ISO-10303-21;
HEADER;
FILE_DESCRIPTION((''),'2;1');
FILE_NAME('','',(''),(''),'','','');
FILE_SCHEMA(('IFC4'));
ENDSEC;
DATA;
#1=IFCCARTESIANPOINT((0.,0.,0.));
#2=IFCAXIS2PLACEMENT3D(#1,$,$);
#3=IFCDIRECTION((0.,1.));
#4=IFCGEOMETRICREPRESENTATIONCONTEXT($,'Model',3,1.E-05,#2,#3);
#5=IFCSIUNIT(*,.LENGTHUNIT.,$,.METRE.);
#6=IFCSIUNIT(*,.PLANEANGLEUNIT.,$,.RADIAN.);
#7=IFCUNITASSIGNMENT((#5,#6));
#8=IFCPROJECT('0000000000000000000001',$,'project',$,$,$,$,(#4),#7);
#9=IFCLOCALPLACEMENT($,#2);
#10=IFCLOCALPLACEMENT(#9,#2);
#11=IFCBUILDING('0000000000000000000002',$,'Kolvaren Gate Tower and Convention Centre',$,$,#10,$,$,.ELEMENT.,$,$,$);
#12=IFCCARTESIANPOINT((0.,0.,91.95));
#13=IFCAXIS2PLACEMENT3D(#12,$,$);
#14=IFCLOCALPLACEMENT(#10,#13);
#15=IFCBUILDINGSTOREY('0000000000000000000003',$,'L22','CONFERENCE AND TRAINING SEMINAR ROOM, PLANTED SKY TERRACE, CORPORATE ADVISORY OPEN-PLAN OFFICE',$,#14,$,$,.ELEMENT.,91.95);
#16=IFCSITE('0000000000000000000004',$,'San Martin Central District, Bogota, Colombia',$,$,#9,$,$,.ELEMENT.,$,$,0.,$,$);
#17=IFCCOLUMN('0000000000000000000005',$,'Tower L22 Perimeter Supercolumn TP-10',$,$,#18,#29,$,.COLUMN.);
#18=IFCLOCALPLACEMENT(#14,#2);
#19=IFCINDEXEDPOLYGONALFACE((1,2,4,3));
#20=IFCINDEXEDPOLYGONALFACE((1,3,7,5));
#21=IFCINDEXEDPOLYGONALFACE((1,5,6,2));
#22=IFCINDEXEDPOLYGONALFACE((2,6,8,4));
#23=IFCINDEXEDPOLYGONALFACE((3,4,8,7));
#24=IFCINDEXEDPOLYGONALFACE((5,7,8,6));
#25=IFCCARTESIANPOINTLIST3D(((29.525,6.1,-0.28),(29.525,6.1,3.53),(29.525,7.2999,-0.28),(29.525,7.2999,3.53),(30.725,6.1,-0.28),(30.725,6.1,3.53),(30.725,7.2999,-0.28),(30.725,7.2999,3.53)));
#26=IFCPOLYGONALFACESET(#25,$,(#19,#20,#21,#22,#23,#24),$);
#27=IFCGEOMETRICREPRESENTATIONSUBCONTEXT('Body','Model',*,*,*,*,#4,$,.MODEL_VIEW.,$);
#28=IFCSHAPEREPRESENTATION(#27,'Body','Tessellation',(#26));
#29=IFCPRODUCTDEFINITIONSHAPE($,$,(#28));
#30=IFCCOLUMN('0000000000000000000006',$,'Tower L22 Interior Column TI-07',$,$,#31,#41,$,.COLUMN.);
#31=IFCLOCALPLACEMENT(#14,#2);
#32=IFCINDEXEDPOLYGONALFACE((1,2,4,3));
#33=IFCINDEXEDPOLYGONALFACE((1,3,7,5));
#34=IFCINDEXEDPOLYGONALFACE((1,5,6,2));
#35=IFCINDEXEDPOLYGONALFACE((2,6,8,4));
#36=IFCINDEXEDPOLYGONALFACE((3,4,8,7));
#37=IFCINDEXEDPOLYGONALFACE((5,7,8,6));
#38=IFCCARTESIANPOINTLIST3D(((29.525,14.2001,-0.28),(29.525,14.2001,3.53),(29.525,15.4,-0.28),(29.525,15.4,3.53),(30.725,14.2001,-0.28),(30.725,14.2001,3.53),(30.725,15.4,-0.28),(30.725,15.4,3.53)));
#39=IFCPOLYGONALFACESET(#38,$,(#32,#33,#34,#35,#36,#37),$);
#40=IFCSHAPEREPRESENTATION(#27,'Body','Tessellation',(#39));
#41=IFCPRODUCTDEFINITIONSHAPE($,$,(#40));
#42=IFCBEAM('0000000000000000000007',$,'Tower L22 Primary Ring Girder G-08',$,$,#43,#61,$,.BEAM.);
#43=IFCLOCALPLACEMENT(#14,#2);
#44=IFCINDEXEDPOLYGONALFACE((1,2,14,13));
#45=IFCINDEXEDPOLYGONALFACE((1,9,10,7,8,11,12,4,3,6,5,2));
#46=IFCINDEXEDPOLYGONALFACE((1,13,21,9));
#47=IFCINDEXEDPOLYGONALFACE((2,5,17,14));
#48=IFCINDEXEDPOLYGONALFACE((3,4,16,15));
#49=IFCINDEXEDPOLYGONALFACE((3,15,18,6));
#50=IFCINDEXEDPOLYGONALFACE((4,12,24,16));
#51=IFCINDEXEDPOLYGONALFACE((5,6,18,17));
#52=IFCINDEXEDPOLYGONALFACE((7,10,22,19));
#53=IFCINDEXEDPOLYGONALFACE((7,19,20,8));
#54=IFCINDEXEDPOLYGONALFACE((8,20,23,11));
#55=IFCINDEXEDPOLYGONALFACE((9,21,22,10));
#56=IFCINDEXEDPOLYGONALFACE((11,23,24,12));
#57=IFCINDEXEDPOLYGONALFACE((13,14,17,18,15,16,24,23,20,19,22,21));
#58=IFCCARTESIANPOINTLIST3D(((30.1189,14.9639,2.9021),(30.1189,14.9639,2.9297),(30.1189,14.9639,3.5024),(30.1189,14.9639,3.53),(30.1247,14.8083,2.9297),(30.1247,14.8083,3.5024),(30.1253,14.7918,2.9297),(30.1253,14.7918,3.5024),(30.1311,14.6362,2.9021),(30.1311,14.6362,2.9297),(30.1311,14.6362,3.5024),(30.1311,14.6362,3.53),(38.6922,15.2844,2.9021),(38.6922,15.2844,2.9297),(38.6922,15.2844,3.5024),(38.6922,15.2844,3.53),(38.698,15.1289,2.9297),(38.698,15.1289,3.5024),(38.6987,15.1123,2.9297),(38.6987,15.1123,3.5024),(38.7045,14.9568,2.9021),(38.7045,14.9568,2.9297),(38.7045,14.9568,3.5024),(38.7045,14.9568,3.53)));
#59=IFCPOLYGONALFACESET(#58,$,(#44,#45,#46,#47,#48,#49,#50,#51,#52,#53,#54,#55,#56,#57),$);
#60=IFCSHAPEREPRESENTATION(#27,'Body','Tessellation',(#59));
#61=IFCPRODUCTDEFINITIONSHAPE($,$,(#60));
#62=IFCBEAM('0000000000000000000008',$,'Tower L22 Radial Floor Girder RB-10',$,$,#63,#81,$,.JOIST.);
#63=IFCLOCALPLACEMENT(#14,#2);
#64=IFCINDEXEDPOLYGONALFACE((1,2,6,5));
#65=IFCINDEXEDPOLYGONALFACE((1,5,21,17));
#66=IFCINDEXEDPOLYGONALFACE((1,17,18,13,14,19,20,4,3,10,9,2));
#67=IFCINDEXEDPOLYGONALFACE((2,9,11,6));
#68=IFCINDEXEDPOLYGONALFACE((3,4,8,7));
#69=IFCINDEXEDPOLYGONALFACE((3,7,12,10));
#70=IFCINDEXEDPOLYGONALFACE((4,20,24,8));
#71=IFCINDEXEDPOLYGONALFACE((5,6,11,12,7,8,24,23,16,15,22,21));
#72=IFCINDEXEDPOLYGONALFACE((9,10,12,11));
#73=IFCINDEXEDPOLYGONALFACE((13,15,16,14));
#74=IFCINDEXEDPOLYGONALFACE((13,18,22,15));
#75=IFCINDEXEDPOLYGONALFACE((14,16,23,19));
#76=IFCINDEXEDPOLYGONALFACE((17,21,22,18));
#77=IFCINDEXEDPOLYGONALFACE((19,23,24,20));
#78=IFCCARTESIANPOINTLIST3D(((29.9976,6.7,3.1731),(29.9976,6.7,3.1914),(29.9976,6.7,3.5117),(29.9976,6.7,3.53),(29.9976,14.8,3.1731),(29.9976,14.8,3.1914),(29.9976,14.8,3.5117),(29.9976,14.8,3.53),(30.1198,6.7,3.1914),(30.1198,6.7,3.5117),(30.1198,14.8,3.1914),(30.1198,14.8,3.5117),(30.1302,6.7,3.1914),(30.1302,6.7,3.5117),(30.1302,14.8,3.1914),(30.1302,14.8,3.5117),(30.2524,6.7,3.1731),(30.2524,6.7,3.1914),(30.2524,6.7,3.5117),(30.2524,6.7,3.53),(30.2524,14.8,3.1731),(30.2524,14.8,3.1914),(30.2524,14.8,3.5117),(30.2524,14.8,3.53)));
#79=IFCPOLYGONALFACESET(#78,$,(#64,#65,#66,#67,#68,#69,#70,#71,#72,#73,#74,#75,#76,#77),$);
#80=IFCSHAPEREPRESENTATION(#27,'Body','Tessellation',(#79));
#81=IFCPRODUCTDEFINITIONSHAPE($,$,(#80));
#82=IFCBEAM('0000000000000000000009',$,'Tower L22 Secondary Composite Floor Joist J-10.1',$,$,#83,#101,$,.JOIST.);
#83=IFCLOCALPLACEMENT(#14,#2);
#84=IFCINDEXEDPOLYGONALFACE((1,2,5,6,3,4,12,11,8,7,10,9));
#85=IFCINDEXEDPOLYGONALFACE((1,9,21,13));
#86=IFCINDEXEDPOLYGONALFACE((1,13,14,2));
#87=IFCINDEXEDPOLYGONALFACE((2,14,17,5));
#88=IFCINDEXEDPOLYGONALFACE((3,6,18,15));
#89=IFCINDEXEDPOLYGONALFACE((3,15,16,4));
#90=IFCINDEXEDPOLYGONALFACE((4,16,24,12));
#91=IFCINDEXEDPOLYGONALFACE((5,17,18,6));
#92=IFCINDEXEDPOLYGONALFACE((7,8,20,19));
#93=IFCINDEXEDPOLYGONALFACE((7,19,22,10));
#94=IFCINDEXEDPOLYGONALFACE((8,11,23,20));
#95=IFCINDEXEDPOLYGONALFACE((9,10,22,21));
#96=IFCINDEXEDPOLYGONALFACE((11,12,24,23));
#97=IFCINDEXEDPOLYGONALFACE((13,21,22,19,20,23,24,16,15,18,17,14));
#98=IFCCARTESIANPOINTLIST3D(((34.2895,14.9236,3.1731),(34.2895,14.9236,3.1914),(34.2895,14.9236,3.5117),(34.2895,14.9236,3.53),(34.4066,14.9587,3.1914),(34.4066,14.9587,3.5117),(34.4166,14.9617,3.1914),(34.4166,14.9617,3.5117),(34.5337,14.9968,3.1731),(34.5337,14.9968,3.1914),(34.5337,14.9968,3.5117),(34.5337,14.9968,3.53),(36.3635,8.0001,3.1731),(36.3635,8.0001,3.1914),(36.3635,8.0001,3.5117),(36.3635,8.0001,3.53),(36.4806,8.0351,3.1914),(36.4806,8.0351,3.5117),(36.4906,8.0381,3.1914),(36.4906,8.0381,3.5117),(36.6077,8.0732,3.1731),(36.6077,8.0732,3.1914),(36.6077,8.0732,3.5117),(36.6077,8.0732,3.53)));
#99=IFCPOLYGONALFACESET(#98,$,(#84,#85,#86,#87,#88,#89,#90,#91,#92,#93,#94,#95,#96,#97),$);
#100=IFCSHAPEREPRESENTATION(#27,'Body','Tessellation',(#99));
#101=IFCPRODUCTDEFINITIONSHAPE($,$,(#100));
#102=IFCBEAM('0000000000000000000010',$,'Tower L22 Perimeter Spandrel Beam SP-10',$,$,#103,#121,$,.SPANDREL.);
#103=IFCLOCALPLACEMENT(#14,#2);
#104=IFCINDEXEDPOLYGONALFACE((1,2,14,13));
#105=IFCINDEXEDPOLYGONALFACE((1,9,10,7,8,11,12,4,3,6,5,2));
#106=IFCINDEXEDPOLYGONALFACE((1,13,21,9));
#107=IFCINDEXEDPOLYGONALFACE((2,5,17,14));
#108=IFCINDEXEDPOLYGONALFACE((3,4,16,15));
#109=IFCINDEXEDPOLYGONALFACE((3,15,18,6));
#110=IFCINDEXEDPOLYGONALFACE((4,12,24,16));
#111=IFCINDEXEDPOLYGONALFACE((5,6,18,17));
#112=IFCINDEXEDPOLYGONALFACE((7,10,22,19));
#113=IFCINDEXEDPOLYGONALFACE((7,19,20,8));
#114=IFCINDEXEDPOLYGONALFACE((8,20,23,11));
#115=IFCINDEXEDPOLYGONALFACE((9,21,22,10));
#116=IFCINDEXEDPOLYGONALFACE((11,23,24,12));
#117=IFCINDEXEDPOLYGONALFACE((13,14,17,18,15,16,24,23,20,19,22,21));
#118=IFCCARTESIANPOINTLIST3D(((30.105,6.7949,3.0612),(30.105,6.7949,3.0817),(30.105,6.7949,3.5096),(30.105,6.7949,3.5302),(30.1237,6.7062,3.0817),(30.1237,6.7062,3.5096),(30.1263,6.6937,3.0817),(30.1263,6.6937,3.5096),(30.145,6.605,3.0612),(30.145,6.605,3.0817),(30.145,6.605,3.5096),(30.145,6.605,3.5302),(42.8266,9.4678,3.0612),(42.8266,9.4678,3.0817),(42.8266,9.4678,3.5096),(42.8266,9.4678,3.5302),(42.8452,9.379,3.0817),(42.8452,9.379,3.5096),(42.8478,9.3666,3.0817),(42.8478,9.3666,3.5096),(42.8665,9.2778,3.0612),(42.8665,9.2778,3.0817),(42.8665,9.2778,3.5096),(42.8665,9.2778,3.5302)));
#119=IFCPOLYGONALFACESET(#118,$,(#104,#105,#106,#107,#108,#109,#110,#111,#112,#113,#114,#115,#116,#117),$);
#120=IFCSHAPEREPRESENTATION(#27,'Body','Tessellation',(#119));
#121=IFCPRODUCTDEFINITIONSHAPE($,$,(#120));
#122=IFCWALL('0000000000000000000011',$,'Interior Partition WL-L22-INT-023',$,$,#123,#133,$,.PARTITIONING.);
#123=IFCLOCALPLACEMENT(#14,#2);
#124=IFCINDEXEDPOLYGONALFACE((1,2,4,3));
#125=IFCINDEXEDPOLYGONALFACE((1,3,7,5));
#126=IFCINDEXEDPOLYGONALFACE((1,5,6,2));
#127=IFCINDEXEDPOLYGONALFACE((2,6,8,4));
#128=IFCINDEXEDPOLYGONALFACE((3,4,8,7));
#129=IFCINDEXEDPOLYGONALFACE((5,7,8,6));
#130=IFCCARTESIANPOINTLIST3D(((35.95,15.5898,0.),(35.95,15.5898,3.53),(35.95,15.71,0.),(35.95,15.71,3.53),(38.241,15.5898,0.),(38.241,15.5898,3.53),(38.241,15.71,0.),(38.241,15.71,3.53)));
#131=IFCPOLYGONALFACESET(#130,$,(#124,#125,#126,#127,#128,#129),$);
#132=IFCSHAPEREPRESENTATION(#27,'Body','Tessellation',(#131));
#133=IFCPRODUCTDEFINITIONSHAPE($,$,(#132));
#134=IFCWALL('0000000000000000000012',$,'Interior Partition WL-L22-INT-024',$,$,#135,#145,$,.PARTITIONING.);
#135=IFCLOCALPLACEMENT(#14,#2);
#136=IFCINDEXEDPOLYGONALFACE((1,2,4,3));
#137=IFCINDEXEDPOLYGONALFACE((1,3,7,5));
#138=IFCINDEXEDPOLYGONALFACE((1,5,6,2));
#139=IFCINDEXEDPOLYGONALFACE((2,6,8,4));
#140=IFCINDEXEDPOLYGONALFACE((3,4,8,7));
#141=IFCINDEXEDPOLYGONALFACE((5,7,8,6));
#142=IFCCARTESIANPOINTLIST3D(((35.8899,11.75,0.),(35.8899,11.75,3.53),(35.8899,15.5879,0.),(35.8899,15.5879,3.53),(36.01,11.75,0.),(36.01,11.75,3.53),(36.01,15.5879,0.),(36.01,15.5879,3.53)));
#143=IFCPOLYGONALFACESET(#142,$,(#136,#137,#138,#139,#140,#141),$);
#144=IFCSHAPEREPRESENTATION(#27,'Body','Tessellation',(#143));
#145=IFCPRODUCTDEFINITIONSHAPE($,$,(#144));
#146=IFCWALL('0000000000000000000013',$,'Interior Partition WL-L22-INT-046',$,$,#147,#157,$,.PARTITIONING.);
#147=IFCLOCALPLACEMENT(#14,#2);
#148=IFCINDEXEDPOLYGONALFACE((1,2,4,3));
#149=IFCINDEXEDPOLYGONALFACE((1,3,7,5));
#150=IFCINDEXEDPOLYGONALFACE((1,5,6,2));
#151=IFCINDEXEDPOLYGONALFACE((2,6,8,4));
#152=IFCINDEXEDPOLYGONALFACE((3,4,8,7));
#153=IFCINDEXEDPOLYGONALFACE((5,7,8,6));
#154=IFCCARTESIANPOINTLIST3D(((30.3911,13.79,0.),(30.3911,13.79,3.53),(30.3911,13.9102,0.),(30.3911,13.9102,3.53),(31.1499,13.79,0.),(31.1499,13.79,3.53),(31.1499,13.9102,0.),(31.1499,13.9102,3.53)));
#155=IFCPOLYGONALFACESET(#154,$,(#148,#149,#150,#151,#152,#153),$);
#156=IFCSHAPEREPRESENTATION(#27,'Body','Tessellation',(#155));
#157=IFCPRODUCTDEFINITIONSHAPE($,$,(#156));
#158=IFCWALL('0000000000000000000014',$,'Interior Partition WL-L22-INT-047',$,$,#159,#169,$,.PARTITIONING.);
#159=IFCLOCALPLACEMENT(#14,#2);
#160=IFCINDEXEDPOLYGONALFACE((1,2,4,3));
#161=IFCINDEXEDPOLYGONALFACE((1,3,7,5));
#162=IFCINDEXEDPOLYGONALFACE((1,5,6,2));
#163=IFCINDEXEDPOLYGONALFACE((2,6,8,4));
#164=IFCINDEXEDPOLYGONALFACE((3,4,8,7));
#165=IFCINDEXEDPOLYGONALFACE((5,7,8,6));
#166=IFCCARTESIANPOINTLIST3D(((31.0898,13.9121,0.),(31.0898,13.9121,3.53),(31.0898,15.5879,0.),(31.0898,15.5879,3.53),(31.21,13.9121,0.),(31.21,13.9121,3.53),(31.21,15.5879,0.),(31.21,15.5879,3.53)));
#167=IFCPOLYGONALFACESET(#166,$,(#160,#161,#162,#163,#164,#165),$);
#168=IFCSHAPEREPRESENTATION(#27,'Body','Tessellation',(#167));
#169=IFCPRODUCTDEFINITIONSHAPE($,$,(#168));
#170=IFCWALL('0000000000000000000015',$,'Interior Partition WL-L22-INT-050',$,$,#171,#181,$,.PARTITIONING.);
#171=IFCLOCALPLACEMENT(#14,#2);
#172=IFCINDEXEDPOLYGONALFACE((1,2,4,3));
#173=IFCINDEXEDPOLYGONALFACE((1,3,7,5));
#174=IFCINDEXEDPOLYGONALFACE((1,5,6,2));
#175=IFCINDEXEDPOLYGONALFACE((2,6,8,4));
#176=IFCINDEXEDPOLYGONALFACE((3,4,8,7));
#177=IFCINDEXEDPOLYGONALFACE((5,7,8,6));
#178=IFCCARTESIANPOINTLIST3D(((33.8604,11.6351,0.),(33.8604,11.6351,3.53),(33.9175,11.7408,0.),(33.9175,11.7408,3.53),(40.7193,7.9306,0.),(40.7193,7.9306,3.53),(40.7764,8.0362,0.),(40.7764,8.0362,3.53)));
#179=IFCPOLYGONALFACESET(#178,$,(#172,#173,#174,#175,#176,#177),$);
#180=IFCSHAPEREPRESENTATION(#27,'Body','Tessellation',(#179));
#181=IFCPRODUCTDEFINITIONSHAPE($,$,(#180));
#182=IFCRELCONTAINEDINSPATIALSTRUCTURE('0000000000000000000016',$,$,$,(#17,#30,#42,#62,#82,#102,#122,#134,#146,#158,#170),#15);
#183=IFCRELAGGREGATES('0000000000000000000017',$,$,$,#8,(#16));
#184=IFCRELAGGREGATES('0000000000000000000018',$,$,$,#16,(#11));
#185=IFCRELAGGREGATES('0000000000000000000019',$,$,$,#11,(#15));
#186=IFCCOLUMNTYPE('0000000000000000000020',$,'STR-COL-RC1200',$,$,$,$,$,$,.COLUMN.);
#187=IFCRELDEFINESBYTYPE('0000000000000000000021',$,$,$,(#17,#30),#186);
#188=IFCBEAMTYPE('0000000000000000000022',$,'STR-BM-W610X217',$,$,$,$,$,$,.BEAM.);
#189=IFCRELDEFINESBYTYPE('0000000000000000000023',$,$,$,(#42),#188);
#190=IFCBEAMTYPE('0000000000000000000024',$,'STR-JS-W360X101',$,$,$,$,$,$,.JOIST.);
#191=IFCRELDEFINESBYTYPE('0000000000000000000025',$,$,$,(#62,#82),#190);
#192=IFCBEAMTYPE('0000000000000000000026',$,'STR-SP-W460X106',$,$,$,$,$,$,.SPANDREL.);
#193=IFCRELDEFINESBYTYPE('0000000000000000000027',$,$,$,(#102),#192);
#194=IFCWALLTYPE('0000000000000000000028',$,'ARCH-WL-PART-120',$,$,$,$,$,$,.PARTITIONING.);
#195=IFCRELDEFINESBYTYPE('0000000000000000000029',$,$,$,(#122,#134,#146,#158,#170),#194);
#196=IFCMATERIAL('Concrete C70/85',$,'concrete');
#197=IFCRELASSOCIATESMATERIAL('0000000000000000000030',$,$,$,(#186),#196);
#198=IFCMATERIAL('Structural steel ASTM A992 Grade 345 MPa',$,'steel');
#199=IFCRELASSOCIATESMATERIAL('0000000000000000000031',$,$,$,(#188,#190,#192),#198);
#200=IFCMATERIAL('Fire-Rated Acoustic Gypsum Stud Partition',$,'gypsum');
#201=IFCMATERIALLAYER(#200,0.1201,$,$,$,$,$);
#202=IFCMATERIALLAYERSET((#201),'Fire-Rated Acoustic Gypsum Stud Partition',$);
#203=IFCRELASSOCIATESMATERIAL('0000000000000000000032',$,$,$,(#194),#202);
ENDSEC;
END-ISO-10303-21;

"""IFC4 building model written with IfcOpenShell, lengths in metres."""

from ifc_helpers import new_model, si_unit, direction, frame, frame_2d, origin, origin_2d, place, context, subcontext, project, spatial, rectangle, i_section, extrude, material, layer, layer_set, material_profile, profile_set, type_object, element, save


model = new_model("IFC4")

# Units and contexts
model_context = context("Model", 3, precision=1e-05, world=origin(), true_north=direction((0.0, 1.0)))
body_context = subcontext(model_context, "Body", "Model", "MODEL_VIEW")
ifc_project = project(units=[si_unit("LENGTHUNIT", "METRE"), si_unit("PLANEANGLEUNIT", "RADIAN")], contexts=[model_context])

# Site, building, storey
site_placement = place(None, origin())
site = spatial("IfcSite", under=ifc_project, at=site_placement, Name="San Martin Central District, Bogota, Colombia", CompositionType="ELEMENT", RefElevation=0.0)
building_placement = place(site_placement, origin())
building = spatial("IfcBuilding", under=site, at=building_placement, Name="Kolvaren Gate Tower and Convention Centre", CompositionType="ELEMENT")
storey_placement = place(building_placement, frame((0.0, 0.0, 91.95)))
storey = spatial("IfcBuildingStorey", under=building, at=storey_placement, Name="L22", Description="CONFERENCE AND TRAINING SEMINAR ROOM, PLANTED SKY TERRACE, CORPORATE ADVISORY OPEN-PLAN OFFICE", CompositionType="ELEMENT", Elevation=91.95)

# Columns
ifc_material_1 = material(Name="Concrete C70/85", Category="concrete")
ifc_material_profile_1 = material_profile(ifc_material_1, rectangle(XDim=1.2, YDim=1.2, at=origin_2d()), Name="RC-COL-1200X1200")
ifc_profile_set_1 = profile_set([ifc_material_profile_1], Name="Concrete C70/85")
column_type = type_object("IfcColumnType", Name="STR-COL-RC1200", PredefinedType="COLUMN", material=ifc_profile_set_1)
for number, where, z_axis, x_axis, name in (
    (1, (30.125, 6.7, -0.28), (0.0, 0.0, 1.0), (1.0, 0.0, 0.0), "Tower L22 Perimeter Supercolumn TP-10"),
    (2, (30.125, 14.8, -0.28), (0.0, 0.0, 1.0), (1.0, 0.0, 0.0), "Tower L22 Interior Column TI-07"),
):
    element("IfcColumn", number, at=place(storey_placement, frame(where, z_axis=z_axis, x_axis=x_axis)), inside=storey, type_object=column_type, Name=name, PredefinedType="COLUMN", context=body_context, shape_type="SweptSolid", body=[
        extrude(rectangle(XDim=1.2, YDim=1.2, at=origin_2d()), origin(), (0.0, 0.0, 1.0), 3.8101),
    ])

# Beams
ifc_material_2 = material(Name="Structural steel ASTM A992 Grade 345 MPa", Category="steel")
ifc_material_profile_2 = material_profile(ifc_material_2, i_section(OverallWidth=0.3279, OverallDepth=0.6279, WebThickness=0.0166, FlangeThickness=0.0276, at=origin_2d()), Name="W610X217")
ifc_profile_set_2 = profile_set([ifc_material_profile_2], Name="Structural steel ASTM A992 Grade 345 MPa")
beam_type_1 = type_object("IfcBeamType", Name="STR-BM-W610X217", PredefinedType="BEAM", material=ifc_profile_set_2)
beam_1_placement = place(storey_placement, frame((30.125, 14.8, 3.2161), z_axis=(0.999302, 0.037364, 0.0), x_axis=(-0.037364, 0.999302, 0.0)))
element("IfcBeam", 3, at=beam_1_placement, inside=storey, type_object=beam_type_1, Name="Tower L22 Primary Ring Girder G-08", PredefinedType="BEAM", context=body_context, shape_type="SweptSolid", body=[
    extrude(i_section(OverallWidth=0.3279, OverallDepth=0.6279, WebThickness=0.0166, FlangeThickness=0.0276, at=origin_2d()), origin(), (0.0, 0.0, 1.0), 8.5793),
])
ifc_material_profile_3 = material_profile(ifc_material_2, i_section(OverallWidth=0.2549, OverallDepth=0.3569, WebThickness=0.0105, FlangeThickness=0.0183, at=origin_2d()), Name="W360X101")
ifc_profile_set_3 = profile_set([ifc_material_profile_3], Name="Structural steel ASTM A992 Grade 345 MPa")
beam_type_2 = type_object("IfcBeamType", Name="STR-JS-W360X101", PredefinedType="JOIST", material=ifc_profile_set_3)
beam_2_placement = place(storey_placement, frame((30.125, 14.8, 3.3516), z_axis=(0.0, -1.0, 0.0), x_axis=(1.0, 0.0, 0.0)))
element("IfcBeam", 4, at=beam_2_placement, inside=storey, type_object=beam_type_2, Name="Tower L22 Radial Floor Girder RB-10", PredefinedType="JOIST", context=body_context, shape_type="SweptSolid", body=[
    extrude(i_section(OverallWidth=0.2549, OverallDepth=0.3569, WebThickness=0.0105, FlangeThickness=0.0183, at=origin_2d()), origin(), (0.0, 0.0, 1.0), 8.1001),
])
beam_3_placement = place(storey_placement, frame((34.4116, 14.9602, 3.3516), z_axis=(0.286954, -0.957944, 0.0), x_axis=(0.957944, 0.286954, 0.0)))
element("IfcBeam", 5, at=beam_3_placement, inside=storey, type_object=beam_type_2, Name="Tower L22 Secondary Composite Floor Joist J-10.1", PredefinedType="JOIST", context=body_context, shape_type="SweptSolid", body=[
    extrude(i_section(OverallWidth=0.2549, OverallDepth=0.3569, WebThickness=0.0105, FlangeThickness=0.0183, at=origin_2d()), origin(), (0.0, 0.0, 1.0), 7.2275),
])
ifc_material_profile_4 = material_profile(ifc_material_2, i_section(OverallWidth=0.1941, OverallDepth=0.469, WebThickness=0.0127, FlangeThickness=0.0205, at=origin_2d()), Name="W460X106")
ifc_profile_set_4 = profile_set([ifc_material_profile_4], Name="Structural steel ASTM A992 Grade 345 MPa")
beam_type_3 = type_object("IfcBeamType", Name="STR-SP-W460X106", PredefinedType="SPANDREL", material=ifc_profile_set_4)
beam_4_placement = place(storey_placement, frame((30.125, 6.7, 3.2957), z_axis=(0.978633, 0.205617, 0.0), x_axis=(-0.205617, 0.978633, 0.0)))
element("IfcBeam", 6, at=beam_4_placement, inside=storey, type_object=beam_type_3, Name="Tower L22 Perimeter Spandrel Beam SP-10", PredefinedType="SPANDREL", context=body_context, shape_type="SweptSolid", body=[
    extrude(i_section(OverallWidth=0.1941, OverallDepth=0.469, WebThickness=0.0127, FlangeThickness=0.0205, at=origin_2d()), origin(), (0.0, 0.0, 1.0), 12.9993),
])

# Walls
ifc_material_3 = material(Name="Fire-Rated Acoustic Gypsum Stud Partition", Category="gypsum")
ifc_layer_1 = layer(ifc_material_3, 0.1201)
ifc_layer_set_1 = layer_set([ifc_layer_1], Name="Fire-Rated Acoustic Gypsum Stud Partition")
wall_type_1 = type_object("IfcWallType", Name="ARCH-WL-PART-120", PredefinedType="PARTITIONING", material=ifc_layer_set_1)
wall_1_placement = place(storey_placement, frame((35.95, 15.6499, 0.0), z_axis=(0.0, 0.0, 1.0), x_axis=(1.0, 0.0, 0.0)))
element("IfcWall", 7, at=wall_1_placement, inside=storey, type_object=wall_type_1, Name="Interior Partition WL-L22-INT-023", PredefinedType="PARTITIONING", context=body_context, shape_type="SweptSolid", body=[
    extrude(rectangle(XDim=2.291, YDim=0.1201, at=frame_2d((1.1455, 0.0))), origin(), (0.0, 0.0, 1.0), 3.53),
])
wall_2_placement = place(storey_placement, frame((35.95, 11.75, 0.0), z_axis=(0.0, 0.0, 1.0), x_axis=(0.0, 1.0, 0.0)))
element("IfcWall", 8, at=wall_2_placement, inside=storey, type_object=wall_type_1, Name="Interior Partition WL-L22-INT-024", PredefinedType="PARTITIONING", context=body_context, shape_type="SweptSolid", body=[
    extrude(rectangle(XDim=3.8379, YDim=0.1201, at=frame_2d((1.9189, 0.0))), origin(), (0.0, 0.0, 1.0), 3.53),
])
wall_3_placement = place(storey_placement, frame((30.3911, 13.8501, 0.0), z_axis=(0.0, 0.0, 1.0), x_axis=(1.0, 0.0, 0.0)))
element("IfcWall", 9, at=wall_3_placement, inside=storey, type_object=wall_type_1, Name="Interior Partition WL-L22-INT-046", PredefinedType="PARTITIONING", context=body_context, shape_type="SweptSolid", body=[
    extrude(rectangle(XDim=0.7588, YDim=0.1201, at=frame_2d((0.3794, 0.0))), origin(), (0.0, 0.0, 1.0), 3.53),
])
wall_4_placement = place(storey_placement, frame((31.1499, 13.9121, 0.0), z_axis=(0.0, 0.0, 1.0), x_axis=(0.0, 1.0, 0.0)))
element("IfcWall", 10, at=wall_4_placement, inside=storey, type_object=wall_type_1, Name="Interior Partition WL-L22-INT-047", PredefinedType="PARTITIONING", context=body_context, shape_type="SweptSolid", body=[
    extrude(rectangle(XDim=1.6758, YDim=0.1201, at=frame_2d((0.8379, 0.0))), origin(), (0.0, 0.0, 1.0), 3.53),
])
wall_5_placement = place(storey_placement, frame((33.8889, 11.688, 0.0), z_axis=(0.0, 0.0, 1.0), x_axis=(0.879863, -0.475227, 0.0)))
element("IfcWall", 11, at=wall_5_placement, inside=storey, type_object=wall_type_1, Name="Interior Partition WL-L22-INT-050", PredefinedType="PARTITIONING", context=body_context, shape_type="SweptSolid", body=[
    extrude(rectangle(XDim=7.7954, YDim=0.1201, at=frame_2d((3.8977, 0.0))), origin(), (0.0, 0.0, 1.0), 3.53),
])

save(model, "model.ifc")
